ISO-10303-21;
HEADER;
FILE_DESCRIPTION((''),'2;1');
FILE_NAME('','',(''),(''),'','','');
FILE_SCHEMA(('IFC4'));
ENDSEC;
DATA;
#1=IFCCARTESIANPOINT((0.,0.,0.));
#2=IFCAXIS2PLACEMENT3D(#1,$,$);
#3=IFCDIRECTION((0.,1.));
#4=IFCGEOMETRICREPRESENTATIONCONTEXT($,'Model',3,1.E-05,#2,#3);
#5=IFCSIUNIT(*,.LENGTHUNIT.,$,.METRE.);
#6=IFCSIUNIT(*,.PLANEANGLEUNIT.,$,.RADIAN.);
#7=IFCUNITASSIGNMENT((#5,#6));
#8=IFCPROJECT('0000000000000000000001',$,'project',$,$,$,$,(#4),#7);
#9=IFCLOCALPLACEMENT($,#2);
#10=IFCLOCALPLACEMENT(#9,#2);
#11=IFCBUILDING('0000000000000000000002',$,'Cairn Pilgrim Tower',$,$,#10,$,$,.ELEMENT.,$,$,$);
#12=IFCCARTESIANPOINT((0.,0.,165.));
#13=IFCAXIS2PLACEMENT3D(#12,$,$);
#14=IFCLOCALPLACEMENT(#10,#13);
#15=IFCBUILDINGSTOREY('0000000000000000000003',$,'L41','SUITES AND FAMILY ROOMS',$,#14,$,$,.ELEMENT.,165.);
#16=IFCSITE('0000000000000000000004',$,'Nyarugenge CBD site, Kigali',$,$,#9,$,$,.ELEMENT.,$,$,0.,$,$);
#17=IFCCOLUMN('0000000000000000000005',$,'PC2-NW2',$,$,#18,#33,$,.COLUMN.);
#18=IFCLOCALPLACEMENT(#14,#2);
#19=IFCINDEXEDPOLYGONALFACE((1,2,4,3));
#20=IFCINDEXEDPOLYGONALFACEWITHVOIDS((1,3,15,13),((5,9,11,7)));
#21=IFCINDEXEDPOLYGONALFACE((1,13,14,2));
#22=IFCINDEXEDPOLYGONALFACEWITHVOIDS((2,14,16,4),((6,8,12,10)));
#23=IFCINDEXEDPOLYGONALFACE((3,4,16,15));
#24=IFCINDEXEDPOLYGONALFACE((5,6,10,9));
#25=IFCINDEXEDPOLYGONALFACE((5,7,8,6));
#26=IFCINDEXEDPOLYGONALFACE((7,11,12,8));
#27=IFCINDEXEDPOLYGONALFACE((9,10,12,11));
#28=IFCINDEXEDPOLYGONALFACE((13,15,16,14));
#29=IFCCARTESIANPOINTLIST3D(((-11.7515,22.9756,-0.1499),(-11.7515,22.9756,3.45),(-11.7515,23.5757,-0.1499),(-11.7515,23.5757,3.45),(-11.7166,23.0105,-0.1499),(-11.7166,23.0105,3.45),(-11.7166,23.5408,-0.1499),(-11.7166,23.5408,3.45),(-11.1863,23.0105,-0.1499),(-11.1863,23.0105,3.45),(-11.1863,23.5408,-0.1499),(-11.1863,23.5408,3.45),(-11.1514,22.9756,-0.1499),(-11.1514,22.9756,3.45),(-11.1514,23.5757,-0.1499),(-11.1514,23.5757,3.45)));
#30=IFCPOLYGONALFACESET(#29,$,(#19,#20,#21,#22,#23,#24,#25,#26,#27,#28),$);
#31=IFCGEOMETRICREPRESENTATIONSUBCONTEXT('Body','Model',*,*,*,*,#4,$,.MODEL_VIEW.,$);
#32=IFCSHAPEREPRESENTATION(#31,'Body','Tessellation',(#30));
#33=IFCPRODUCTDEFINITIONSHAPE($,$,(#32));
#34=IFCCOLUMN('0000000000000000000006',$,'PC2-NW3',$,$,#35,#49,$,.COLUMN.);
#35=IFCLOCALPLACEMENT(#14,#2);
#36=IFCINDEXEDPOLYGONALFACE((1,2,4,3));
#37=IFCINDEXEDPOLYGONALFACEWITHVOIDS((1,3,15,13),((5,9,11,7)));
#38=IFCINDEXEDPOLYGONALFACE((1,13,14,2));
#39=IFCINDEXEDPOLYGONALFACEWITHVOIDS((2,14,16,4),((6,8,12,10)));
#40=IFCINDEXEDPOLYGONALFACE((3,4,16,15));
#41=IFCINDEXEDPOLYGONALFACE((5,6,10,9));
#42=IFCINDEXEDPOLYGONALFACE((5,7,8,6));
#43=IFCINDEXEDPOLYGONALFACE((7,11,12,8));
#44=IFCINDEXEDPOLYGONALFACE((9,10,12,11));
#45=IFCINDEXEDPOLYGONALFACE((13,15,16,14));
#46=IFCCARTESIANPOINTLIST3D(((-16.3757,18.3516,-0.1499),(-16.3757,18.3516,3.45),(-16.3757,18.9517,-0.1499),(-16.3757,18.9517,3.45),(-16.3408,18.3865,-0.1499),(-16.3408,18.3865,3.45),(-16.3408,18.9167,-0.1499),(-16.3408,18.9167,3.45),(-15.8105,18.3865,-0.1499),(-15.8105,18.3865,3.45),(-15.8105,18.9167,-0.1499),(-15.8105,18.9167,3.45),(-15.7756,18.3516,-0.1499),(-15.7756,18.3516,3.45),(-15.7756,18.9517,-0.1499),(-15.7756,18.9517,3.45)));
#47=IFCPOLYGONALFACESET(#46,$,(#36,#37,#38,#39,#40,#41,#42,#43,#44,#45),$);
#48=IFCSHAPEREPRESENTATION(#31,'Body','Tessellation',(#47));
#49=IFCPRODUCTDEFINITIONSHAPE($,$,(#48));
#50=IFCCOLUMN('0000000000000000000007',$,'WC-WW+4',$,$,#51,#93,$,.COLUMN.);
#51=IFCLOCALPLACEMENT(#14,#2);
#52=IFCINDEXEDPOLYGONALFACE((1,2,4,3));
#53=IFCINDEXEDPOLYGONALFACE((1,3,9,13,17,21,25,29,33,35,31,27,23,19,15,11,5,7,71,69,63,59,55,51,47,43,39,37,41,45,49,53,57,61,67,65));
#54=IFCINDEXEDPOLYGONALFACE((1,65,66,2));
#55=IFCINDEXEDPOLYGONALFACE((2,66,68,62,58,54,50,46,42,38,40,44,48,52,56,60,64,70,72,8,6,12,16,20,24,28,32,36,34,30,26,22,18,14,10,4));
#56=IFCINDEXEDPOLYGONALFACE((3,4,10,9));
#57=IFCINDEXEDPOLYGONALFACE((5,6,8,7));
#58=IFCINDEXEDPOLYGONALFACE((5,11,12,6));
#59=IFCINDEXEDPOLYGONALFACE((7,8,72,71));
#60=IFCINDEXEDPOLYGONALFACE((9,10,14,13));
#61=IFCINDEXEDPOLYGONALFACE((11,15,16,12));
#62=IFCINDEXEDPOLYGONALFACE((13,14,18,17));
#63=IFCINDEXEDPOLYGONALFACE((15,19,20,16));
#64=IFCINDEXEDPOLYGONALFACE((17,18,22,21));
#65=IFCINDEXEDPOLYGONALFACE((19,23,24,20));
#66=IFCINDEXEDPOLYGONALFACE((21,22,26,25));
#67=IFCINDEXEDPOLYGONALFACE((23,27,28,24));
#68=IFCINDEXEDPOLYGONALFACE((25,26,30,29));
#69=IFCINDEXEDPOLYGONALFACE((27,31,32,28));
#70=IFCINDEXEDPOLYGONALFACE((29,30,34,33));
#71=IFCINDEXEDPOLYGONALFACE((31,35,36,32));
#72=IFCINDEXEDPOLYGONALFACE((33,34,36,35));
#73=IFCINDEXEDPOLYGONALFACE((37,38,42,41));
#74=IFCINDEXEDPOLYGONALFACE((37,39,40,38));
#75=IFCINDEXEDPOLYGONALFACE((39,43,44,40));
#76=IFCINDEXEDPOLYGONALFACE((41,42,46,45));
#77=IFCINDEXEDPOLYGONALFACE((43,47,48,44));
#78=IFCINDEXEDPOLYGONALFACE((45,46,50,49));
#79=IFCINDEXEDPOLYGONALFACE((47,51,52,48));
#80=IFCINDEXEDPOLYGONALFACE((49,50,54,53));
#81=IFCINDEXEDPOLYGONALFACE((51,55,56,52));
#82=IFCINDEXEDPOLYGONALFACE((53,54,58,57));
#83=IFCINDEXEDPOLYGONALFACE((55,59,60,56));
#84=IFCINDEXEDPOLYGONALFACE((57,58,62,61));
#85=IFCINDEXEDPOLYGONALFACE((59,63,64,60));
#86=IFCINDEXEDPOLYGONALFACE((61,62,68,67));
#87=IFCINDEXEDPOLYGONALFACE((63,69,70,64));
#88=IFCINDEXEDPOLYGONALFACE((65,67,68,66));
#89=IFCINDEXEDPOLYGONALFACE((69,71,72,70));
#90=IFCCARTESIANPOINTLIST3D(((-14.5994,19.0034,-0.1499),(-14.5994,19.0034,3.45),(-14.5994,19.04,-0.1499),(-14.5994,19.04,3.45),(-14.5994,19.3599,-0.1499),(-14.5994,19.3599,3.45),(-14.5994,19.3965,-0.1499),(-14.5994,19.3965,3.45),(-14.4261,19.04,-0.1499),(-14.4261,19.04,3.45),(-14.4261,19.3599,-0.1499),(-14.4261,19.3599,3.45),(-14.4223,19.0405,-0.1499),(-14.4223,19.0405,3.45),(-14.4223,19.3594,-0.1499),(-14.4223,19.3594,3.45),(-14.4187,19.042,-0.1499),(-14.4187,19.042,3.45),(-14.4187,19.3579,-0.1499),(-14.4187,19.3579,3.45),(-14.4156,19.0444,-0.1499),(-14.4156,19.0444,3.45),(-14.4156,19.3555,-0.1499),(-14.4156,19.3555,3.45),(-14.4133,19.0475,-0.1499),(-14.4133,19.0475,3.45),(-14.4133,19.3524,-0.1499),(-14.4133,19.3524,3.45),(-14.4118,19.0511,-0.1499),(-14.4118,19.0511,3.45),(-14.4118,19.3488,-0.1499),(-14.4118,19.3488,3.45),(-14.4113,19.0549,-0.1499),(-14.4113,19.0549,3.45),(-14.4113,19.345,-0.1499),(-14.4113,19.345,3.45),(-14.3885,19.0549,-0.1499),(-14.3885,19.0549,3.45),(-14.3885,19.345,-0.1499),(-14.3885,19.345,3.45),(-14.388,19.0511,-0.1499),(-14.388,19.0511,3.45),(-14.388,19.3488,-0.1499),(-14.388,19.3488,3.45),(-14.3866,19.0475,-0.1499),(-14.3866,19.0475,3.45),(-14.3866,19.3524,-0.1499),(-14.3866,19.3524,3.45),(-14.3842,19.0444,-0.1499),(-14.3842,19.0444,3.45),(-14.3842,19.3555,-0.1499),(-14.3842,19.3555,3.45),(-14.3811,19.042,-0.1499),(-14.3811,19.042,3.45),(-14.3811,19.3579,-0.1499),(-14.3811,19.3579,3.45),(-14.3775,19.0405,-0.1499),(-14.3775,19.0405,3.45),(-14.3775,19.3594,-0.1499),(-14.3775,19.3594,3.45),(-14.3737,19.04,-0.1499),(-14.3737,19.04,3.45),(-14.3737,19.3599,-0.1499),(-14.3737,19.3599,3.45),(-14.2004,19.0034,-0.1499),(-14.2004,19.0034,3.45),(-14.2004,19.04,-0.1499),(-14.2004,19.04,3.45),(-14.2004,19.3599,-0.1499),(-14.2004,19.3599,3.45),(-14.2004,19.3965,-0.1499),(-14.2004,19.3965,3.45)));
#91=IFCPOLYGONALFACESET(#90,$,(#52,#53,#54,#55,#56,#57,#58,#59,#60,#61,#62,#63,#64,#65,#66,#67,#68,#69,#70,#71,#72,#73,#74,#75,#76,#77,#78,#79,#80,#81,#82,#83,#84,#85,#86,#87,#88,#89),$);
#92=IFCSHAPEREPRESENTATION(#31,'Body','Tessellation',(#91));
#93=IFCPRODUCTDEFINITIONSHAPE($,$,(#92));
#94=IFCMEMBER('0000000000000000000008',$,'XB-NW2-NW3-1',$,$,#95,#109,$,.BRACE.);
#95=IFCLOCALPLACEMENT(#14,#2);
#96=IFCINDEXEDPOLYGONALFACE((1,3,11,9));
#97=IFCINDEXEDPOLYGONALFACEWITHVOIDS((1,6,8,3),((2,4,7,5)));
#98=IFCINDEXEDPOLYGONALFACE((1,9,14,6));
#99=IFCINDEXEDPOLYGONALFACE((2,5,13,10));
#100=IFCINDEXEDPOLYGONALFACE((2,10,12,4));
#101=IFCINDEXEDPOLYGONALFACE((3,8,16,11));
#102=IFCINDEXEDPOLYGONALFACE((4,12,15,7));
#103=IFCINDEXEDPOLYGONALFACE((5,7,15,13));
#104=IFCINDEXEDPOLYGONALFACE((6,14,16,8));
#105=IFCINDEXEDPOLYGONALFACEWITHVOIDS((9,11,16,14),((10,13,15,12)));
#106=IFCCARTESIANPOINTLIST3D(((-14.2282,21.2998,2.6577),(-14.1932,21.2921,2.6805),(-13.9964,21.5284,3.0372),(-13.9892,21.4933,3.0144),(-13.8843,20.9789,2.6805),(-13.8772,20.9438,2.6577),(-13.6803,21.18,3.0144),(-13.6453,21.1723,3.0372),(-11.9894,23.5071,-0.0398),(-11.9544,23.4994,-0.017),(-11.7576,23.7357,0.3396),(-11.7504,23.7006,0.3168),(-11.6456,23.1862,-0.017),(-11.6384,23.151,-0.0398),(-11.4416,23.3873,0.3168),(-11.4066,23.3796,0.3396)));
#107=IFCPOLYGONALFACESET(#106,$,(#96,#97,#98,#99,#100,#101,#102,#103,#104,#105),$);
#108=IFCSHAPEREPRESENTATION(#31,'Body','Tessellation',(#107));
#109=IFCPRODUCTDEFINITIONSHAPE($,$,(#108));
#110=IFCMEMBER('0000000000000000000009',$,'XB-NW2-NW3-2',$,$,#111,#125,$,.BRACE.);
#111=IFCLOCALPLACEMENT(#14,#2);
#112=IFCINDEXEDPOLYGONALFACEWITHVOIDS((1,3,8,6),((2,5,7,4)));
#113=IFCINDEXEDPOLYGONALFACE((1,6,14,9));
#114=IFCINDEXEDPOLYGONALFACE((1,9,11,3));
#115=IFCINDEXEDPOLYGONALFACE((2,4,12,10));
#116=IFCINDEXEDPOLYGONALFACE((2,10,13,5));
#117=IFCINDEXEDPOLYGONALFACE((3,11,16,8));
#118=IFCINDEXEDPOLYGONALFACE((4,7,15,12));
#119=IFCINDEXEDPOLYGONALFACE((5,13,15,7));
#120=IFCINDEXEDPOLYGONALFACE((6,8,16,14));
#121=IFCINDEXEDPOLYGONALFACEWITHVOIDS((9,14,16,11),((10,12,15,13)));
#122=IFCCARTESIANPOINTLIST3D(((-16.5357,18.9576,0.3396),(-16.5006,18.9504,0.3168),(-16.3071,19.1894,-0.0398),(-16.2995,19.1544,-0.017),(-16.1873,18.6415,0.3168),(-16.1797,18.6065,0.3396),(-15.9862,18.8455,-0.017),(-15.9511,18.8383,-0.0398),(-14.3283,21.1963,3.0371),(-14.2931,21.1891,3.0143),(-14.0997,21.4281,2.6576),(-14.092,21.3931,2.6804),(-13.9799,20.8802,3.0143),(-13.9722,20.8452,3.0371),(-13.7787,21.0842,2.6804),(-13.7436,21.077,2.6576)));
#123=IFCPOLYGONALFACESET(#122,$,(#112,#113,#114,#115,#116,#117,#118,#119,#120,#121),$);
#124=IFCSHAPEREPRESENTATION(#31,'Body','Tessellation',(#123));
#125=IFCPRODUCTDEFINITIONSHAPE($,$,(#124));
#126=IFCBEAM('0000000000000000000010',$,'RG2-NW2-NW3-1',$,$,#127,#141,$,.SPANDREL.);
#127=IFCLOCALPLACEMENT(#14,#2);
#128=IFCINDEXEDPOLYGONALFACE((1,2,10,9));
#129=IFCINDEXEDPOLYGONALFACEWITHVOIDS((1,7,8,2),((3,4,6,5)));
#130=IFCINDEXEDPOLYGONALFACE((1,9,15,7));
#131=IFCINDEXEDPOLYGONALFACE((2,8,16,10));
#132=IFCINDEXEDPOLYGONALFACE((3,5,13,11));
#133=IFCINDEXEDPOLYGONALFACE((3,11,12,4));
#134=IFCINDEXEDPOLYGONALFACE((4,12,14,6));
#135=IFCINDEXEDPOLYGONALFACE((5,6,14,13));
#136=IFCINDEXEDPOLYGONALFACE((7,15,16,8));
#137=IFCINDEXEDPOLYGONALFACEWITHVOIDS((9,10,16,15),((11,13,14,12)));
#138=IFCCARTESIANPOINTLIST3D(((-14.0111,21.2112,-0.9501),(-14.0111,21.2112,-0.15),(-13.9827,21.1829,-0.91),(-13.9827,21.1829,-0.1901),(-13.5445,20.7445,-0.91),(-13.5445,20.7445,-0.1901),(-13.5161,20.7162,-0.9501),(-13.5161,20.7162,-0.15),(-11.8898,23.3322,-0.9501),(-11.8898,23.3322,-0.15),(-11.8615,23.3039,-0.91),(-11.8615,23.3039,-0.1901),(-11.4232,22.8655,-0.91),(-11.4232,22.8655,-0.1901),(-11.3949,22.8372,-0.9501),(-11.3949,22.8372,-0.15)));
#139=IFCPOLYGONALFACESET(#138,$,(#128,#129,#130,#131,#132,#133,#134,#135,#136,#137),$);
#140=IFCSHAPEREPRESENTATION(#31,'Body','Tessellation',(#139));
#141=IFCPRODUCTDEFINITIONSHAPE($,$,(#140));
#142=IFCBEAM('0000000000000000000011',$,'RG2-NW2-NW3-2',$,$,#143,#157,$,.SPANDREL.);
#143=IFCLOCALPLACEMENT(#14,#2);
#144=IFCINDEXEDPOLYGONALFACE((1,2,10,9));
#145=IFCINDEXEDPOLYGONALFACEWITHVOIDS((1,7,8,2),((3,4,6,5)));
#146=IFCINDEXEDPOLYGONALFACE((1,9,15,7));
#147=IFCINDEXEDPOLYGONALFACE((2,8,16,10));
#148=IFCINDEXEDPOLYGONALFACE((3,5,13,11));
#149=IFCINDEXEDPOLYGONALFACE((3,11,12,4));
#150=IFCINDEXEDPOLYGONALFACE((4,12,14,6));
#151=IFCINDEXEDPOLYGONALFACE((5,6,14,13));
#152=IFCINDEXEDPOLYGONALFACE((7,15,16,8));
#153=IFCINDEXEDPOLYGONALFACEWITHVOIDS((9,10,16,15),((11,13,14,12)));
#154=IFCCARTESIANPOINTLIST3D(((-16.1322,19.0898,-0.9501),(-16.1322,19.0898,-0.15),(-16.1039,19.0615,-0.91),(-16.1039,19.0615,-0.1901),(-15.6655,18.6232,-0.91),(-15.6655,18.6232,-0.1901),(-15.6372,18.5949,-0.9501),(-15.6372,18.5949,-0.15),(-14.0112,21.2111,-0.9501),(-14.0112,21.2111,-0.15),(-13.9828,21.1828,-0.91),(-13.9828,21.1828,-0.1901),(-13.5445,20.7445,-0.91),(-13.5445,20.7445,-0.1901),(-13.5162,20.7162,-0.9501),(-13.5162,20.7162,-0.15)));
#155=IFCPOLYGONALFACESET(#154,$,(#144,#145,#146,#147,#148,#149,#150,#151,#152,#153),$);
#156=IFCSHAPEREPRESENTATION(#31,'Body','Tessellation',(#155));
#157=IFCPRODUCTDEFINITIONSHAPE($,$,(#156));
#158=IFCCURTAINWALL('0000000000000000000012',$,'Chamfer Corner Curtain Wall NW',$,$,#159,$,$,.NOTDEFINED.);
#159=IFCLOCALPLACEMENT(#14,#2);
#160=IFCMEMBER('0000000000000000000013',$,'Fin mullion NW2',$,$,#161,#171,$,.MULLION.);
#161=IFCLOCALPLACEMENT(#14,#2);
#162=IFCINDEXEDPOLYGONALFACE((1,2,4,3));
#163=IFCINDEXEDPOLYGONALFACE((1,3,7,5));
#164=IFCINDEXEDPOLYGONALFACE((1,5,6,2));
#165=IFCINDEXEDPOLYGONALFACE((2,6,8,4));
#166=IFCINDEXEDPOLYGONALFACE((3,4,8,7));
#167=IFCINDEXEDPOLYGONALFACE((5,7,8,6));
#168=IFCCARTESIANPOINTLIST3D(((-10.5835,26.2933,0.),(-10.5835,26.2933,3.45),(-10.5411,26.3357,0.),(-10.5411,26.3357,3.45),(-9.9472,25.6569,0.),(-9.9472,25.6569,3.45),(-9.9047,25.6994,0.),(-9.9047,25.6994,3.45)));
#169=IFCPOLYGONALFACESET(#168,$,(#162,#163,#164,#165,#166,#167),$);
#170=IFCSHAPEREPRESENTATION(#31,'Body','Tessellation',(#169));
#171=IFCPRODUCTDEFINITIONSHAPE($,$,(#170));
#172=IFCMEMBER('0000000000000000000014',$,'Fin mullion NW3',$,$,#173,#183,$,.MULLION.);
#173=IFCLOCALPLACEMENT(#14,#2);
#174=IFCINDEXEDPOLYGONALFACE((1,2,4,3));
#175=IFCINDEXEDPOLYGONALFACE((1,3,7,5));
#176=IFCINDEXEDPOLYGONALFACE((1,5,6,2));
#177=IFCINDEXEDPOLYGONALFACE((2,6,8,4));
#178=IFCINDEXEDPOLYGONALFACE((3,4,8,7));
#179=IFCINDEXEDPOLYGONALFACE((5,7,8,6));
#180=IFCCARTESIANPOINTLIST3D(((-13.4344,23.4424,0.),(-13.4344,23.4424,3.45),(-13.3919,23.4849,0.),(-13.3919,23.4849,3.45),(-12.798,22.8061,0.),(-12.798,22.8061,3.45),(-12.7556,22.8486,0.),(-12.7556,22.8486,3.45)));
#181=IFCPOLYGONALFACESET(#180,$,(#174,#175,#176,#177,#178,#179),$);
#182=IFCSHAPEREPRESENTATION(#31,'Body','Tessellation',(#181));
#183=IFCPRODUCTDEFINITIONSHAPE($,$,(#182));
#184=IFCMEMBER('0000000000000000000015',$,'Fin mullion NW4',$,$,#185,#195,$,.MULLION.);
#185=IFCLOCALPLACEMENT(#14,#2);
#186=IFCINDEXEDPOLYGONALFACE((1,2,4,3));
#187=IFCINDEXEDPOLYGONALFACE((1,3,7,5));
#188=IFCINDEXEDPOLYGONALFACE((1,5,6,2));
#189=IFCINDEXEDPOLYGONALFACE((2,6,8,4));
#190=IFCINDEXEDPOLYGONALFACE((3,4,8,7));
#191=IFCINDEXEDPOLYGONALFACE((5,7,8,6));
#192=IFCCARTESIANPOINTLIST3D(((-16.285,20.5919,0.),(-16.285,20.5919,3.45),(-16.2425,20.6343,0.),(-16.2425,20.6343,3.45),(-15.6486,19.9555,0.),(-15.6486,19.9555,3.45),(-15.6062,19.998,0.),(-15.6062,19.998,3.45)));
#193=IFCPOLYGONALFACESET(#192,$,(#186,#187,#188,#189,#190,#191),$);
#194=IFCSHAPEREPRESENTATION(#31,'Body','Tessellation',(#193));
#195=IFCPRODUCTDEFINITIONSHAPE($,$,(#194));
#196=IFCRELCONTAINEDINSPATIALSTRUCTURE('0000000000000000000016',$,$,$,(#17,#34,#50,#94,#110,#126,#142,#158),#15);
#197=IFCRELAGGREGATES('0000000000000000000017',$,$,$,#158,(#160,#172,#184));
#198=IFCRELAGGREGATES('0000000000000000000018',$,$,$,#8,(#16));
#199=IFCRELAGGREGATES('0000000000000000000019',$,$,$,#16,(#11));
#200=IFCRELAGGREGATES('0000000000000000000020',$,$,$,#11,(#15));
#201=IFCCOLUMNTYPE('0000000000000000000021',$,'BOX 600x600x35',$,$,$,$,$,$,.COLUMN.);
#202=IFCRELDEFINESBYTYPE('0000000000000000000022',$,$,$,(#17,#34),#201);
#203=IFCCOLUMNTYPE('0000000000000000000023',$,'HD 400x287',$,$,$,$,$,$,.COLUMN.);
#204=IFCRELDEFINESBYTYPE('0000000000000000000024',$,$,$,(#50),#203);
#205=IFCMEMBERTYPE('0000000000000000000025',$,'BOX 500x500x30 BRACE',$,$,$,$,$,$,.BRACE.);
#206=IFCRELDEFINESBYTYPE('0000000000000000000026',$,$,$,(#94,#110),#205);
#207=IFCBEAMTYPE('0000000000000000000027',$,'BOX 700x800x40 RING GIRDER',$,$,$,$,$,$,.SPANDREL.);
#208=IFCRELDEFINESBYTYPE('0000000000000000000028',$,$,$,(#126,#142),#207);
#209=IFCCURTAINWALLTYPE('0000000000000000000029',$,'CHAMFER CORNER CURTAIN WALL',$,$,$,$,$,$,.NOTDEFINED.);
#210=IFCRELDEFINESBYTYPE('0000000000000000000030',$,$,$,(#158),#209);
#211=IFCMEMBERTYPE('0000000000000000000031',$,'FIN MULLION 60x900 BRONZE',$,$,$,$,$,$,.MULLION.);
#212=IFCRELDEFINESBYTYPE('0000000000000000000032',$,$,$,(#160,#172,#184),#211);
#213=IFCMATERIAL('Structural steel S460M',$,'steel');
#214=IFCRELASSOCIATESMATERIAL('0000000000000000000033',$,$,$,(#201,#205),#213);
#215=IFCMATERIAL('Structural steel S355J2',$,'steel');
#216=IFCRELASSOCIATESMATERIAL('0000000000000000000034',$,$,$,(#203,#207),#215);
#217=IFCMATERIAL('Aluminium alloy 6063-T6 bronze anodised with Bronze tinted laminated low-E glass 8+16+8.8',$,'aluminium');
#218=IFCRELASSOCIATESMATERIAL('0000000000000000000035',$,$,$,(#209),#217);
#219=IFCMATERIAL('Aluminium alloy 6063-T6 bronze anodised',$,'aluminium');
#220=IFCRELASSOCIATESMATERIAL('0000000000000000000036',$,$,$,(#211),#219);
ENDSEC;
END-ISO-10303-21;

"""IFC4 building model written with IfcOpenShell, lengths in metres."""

from ifc_helpers import new_model, si_unit, direction, frame, origin, origin_2d, place, context, subcontext, project, spatial, rectangle, hollow_rectangle, i_section, extrude, material, material_profile, profile_set, type_object, element, aggregate, save


model = new_model("IFC4")

# Units and contexts
model_context = context("Model", 3, precision=1e-05, world=origin(), true_north=direction((0.0, 1.0)))
body_context = subcontext(model_context, "Body", "Model", "MODEL_VIEW")
ifc_project = project(units=[si_unit("LENGTHUNIT", "METRE"), si_unit("PLANEANGLEUNIT", "RADIAN")], contexts=[model_context])

# Site, building, storey
site_placement = place(None, origin())
site = spatial("IfcSite", under=ifc_project, at=site_placement, Name="Nyarugenge CBD site, Kigali", CompositionType="ELEMENT", RefElevation=0.0)
building_placement = place(site_placement, origin())
building = spatial("IfcBuilding", under=site, at=building_placement, Name="Cairn Pilgrim Tower", CompositionType="ELEMENT")
storey_placement = place(building_placement, frame((0.0, 0.0, 165.0)))
storey = spatial("IfcBuildingStorey", under=building, at=storey_placement, Name="L41", Description="SUITES AND FAMILY ROOMS", CompositionType="ELEMENT", Elevation=165.0)

# Columns
ifc_material_1 = material(Name="Structural steel S460M", Category="steel")
ifc_material_profile_1 = material_profile(ifc_material_1, hollow_rectangle(XDim=0.6001, YDim=0.6001, WallThickness=0.0349, at=origin_2d()), Name="BOX 600x600x35")
ifc_profile_set_1 = profile_set([ifc_material_profile_1], Name="Structural steel S460M")
column_type_1 = type_object("IfcColumnType", Name="BOX 600x600x35", PredefinedType="COLUMN", material=ifc_profile_set_1)
for number, where, z_axis, x_axis, name in (
    (1, (-11.4514, 23.2756, -0.1499), (0.0, 0.0, 1.0), (1.0, 0.0, 0.0), "PC2-NW2"),
    (2, (-16.0757, 18.6516, -0.1499), (0.0, 0.0, 1.0), (1.0, 0.0, 0.0), "PC2-NW3"),
):
    element("IfcColumn", number, at=place(storey_placement, frame(where, z_axis=z_axis, x_axis=x_axis)), inside=storey, type_object=column_type_1, Name=name, PredefinedType="COLUMN", context=body_context, shape_type="SweptSolid", body=[
        extrude(hollow_rectangle(XDim=0.6001, YDim=0.6001, WallThickness=0.0349, at=origin_2d()), origin(), (0.0, 0.0, 1.0), 3.5999),
    ])
ifc_material_2 = material(Name="Structural steel S355J2", Category="steel")
ifc_material_profile_2 = material_profile(ifc_material_2, i_section(OverallWidth=0.3989, OverallDepth=0.3931, WebThickness=0.0227, FlangeThickness=0.0366, FilletRadius=0.0149, at=origin_2d()), Name="HD 400x287")
ifc_profile_set_2 = profile_set([ifc_material_profile_2], Name="Structural steel S355J2")
column_type_2 = type_object("IfcColumnType", Name="HD 400x287", PredefinedType="COLUMN", material=ifc_profile_set_2)
column_placement = place(storey_placement, frame((-14.3999, 19.2, -0.1499), z_axis=(0.0, 0.0, 1.0), x_axis=(1.0, 0.0, 0.0)))
element("IfcColumn", 3, at=column_placement, inside=storey, type_object=column_type_2, Name="WC-WW+4", PredefinedType="COLUMN", context=body_context, shape_type="SweptSolid", body=[
    extrude(i_section(OverallWidth=0.3989, OverallDepth=0.3931, WebThickness=0.0227, FlangeThickness=0.0366, FilletRadius=0.0149, at=origin_2d()), origin(), (0.0, 0.0, 1.0), 3.5999),
])

# Members
ifc_material_profile_3 = material_profile(ifc_material_1, hollow_rectangle(XDim=0.5, YDim=0.5, WallThickness=0.03, at=origin_2d()), Name="BOX 500x500x30")
ifc_profile_set_3 = profile_set([ifc_material_profile_3], Name="Structural steel S460M")
member_type_1 = type_object("IfcMemberType", Name="BOX 500x500x30 BRACE", PredefinedType="BRACE", material=ifc_profile_set_3)
for number, where, z_axis, x_axis, name in (
    (4, (-11.698, 23.4434, 0.1499), (-0.540433, -0.53283, 0.651171), (0.70208, -0.712098, 0.0), "XB-NW2-NW3-1"),
    (5, (-16.2434, 18.8979, 0.1499), (0.532872, 0.540416, 0.651151), (-0.712059, 0.70212, 0.0), "XB-NW2-NW3-2"),
):
    element("IfcMember", number, at=place(storey_placement, frame(where, z_axis=z_axis, x_axis=x_axis)), inside=storey, type_object=member_type_1, Name=name, PredefinedType="BRACE", context=body_context, shape_type="SweptSolid", body=[
        extrude(hollow_rectangle(XDim=0.5, YDim=0.5, WallThickness=0.03, at=origin_2d()), origin(), (0.0, 0.0, 1.0), 4.1426),
    ])

# Beams
ifc_material_profile_4 = material_profile(ifc_material_2, hollow_rectangle(XDim=0.7, YDim=0.8, WallThickness=0.04, at=origin_2d()), Name="BOX 700x800x40")
ifc_profile_set_4 = profile_set([ifc_material_profile_4], Name="Structural steel S355J2")
beam_type_1 = type_object("IfcBeamType", Name="BOX 700x800x40 RING GIRDER", PredefinedType="SPANDREL", material=ifc_profile_set_4)
for number, where, z_axis, x_axis, name in (
    (6, (-11.6423, 23.0847, -0.55), (-0.707147, -0.707066, 0.0), (0.707066, -0.707147, 0.0), "RG2-NW2-NW3-1"),
    (7, (-13.7637, 20.9636, -0.55), (-0.707066, -0.707147, 0.0), (0.707147, -0.707066, 0.0), "RG2-NW2-NW3-2"),
):
    element("IfcBeam", number, at=place(storey_placement, frame(where, z_axis=z_axis, x_axis=x_axis)), inside=storey, type_object=beam_type_1, Name=name, PredefinedType="SPANDREL", context=body_context, shape_type="SweptSolid", body=[
        extrude(hollow_rectangle(XDim=0.7, YDim=0.8, WallThickness=0.04, at=origin_2d()), origin(), (0.0, 0.0, 1.0), 2.9998),
    ])

# Curtain wall, members
ifc_material_3 = material(Name="Aluminium alloy 6063-T6 bronze anodised with Bronze tinted laminated low-E glass 8+16+8.8", Category="aluminium")
curtain_wall_type_1 = type_object("IfcCurtainWallType", Name="CHAMFER CORNER CURTAIN WALL", PredefinedType="NOTDEFINED", material=ifc_material_3)
curtain_wall_1_placement = place(storey_placement, origin())
curtain_wall_1 = element("IfcCurtainWall", 8, at=curtain_wall_1_placement, inside=storey, type_object=curtain_wall_type_1, Name="Chamfer Corner Curtain Wall NW", PredefinedType="NOTDEFINED")
ifc_material_4 = material(Name="Aluminium alloy 6063-T6 bronze anodised", Category="aluminium")
ifc_material_profile_5 = material_profile(ifc_material_4, rectangle(XDim=0.8999, YDim=0.0601, at=origin_2d()), Name="FIN MULLION 60x900 BRONZE")
ifc_profile_set_5 = profile_set([ifc_material_profile_5], Name="Aluminium alloy 6063-T6 bronze anodised")
member_type_2 = type_object("IfcMemberType", Name="FIN MULLION 60x900 BRONZE", PredefinedType="MULLION", material=ifc_profile_set_5)
member_1_placement = place(storey_placement, frame((-10.2441, 25.9963, 0.0), z_axis=(0.0, 0.0, 1.0), x_axis=(-0.707107, 0.707107, 0.0)))
member_1 = element("IfcMember", 9, at=member_1_placement, type_object=member_type_2, Name="Fin mullion NW2", PredefinedType="MULLION", context=body_context, shape_type="SweptSolid", body=[
    extrude(rectangle(XDim=0.8999, YDim=0.0601, at=origin_2d()), origin(), (0.0, 0.0, 1.0), 3.45),
])
member_2_placement = place(storey_placement, frame((-13.095, 23.1455, 0.0), z_axis=(0.0, 0.0, 1.0), x_axis=(-0.707107, 0.707107, 0.0)))
member_2 = element("IfcMember", 10, at=member_2_placement, type_object=member_type_2, Name="Fin mullion NW3", PredefinedType="MULLION", context=body_context, shape_type="SweptSolid", body=[
    extrude(rectangle(XDim=0.8999, YDim=0.0601, at=origin_2d()), origin(), (0.0, 0.0, 1.0), 3.45),
])
member_3_placement = place(storey_placement, frame((-15.9456, 20.2949, 0.0), z_axis=(0.0, 0.0, 1.0), x_axis=(-0.707107, 0.707107, 0.0)))
member_3 = element("IfcMember", 11, at=member_3_placement, type_object=member_type_2, Name="Fin mullion NW4", PredefinedType="MULLION", context=body_context, shape_type="SweptSolid", body=[
    extrude(rectangle(XDim=0.8999, YDim=0.0601, at=origin_2d()), origin(), (0.0, 0.0, 1.0), 3.45),
])

aggregate(curtain_wall_1, [member_1, member_2, member_3])

save(model, "model.ifc")
